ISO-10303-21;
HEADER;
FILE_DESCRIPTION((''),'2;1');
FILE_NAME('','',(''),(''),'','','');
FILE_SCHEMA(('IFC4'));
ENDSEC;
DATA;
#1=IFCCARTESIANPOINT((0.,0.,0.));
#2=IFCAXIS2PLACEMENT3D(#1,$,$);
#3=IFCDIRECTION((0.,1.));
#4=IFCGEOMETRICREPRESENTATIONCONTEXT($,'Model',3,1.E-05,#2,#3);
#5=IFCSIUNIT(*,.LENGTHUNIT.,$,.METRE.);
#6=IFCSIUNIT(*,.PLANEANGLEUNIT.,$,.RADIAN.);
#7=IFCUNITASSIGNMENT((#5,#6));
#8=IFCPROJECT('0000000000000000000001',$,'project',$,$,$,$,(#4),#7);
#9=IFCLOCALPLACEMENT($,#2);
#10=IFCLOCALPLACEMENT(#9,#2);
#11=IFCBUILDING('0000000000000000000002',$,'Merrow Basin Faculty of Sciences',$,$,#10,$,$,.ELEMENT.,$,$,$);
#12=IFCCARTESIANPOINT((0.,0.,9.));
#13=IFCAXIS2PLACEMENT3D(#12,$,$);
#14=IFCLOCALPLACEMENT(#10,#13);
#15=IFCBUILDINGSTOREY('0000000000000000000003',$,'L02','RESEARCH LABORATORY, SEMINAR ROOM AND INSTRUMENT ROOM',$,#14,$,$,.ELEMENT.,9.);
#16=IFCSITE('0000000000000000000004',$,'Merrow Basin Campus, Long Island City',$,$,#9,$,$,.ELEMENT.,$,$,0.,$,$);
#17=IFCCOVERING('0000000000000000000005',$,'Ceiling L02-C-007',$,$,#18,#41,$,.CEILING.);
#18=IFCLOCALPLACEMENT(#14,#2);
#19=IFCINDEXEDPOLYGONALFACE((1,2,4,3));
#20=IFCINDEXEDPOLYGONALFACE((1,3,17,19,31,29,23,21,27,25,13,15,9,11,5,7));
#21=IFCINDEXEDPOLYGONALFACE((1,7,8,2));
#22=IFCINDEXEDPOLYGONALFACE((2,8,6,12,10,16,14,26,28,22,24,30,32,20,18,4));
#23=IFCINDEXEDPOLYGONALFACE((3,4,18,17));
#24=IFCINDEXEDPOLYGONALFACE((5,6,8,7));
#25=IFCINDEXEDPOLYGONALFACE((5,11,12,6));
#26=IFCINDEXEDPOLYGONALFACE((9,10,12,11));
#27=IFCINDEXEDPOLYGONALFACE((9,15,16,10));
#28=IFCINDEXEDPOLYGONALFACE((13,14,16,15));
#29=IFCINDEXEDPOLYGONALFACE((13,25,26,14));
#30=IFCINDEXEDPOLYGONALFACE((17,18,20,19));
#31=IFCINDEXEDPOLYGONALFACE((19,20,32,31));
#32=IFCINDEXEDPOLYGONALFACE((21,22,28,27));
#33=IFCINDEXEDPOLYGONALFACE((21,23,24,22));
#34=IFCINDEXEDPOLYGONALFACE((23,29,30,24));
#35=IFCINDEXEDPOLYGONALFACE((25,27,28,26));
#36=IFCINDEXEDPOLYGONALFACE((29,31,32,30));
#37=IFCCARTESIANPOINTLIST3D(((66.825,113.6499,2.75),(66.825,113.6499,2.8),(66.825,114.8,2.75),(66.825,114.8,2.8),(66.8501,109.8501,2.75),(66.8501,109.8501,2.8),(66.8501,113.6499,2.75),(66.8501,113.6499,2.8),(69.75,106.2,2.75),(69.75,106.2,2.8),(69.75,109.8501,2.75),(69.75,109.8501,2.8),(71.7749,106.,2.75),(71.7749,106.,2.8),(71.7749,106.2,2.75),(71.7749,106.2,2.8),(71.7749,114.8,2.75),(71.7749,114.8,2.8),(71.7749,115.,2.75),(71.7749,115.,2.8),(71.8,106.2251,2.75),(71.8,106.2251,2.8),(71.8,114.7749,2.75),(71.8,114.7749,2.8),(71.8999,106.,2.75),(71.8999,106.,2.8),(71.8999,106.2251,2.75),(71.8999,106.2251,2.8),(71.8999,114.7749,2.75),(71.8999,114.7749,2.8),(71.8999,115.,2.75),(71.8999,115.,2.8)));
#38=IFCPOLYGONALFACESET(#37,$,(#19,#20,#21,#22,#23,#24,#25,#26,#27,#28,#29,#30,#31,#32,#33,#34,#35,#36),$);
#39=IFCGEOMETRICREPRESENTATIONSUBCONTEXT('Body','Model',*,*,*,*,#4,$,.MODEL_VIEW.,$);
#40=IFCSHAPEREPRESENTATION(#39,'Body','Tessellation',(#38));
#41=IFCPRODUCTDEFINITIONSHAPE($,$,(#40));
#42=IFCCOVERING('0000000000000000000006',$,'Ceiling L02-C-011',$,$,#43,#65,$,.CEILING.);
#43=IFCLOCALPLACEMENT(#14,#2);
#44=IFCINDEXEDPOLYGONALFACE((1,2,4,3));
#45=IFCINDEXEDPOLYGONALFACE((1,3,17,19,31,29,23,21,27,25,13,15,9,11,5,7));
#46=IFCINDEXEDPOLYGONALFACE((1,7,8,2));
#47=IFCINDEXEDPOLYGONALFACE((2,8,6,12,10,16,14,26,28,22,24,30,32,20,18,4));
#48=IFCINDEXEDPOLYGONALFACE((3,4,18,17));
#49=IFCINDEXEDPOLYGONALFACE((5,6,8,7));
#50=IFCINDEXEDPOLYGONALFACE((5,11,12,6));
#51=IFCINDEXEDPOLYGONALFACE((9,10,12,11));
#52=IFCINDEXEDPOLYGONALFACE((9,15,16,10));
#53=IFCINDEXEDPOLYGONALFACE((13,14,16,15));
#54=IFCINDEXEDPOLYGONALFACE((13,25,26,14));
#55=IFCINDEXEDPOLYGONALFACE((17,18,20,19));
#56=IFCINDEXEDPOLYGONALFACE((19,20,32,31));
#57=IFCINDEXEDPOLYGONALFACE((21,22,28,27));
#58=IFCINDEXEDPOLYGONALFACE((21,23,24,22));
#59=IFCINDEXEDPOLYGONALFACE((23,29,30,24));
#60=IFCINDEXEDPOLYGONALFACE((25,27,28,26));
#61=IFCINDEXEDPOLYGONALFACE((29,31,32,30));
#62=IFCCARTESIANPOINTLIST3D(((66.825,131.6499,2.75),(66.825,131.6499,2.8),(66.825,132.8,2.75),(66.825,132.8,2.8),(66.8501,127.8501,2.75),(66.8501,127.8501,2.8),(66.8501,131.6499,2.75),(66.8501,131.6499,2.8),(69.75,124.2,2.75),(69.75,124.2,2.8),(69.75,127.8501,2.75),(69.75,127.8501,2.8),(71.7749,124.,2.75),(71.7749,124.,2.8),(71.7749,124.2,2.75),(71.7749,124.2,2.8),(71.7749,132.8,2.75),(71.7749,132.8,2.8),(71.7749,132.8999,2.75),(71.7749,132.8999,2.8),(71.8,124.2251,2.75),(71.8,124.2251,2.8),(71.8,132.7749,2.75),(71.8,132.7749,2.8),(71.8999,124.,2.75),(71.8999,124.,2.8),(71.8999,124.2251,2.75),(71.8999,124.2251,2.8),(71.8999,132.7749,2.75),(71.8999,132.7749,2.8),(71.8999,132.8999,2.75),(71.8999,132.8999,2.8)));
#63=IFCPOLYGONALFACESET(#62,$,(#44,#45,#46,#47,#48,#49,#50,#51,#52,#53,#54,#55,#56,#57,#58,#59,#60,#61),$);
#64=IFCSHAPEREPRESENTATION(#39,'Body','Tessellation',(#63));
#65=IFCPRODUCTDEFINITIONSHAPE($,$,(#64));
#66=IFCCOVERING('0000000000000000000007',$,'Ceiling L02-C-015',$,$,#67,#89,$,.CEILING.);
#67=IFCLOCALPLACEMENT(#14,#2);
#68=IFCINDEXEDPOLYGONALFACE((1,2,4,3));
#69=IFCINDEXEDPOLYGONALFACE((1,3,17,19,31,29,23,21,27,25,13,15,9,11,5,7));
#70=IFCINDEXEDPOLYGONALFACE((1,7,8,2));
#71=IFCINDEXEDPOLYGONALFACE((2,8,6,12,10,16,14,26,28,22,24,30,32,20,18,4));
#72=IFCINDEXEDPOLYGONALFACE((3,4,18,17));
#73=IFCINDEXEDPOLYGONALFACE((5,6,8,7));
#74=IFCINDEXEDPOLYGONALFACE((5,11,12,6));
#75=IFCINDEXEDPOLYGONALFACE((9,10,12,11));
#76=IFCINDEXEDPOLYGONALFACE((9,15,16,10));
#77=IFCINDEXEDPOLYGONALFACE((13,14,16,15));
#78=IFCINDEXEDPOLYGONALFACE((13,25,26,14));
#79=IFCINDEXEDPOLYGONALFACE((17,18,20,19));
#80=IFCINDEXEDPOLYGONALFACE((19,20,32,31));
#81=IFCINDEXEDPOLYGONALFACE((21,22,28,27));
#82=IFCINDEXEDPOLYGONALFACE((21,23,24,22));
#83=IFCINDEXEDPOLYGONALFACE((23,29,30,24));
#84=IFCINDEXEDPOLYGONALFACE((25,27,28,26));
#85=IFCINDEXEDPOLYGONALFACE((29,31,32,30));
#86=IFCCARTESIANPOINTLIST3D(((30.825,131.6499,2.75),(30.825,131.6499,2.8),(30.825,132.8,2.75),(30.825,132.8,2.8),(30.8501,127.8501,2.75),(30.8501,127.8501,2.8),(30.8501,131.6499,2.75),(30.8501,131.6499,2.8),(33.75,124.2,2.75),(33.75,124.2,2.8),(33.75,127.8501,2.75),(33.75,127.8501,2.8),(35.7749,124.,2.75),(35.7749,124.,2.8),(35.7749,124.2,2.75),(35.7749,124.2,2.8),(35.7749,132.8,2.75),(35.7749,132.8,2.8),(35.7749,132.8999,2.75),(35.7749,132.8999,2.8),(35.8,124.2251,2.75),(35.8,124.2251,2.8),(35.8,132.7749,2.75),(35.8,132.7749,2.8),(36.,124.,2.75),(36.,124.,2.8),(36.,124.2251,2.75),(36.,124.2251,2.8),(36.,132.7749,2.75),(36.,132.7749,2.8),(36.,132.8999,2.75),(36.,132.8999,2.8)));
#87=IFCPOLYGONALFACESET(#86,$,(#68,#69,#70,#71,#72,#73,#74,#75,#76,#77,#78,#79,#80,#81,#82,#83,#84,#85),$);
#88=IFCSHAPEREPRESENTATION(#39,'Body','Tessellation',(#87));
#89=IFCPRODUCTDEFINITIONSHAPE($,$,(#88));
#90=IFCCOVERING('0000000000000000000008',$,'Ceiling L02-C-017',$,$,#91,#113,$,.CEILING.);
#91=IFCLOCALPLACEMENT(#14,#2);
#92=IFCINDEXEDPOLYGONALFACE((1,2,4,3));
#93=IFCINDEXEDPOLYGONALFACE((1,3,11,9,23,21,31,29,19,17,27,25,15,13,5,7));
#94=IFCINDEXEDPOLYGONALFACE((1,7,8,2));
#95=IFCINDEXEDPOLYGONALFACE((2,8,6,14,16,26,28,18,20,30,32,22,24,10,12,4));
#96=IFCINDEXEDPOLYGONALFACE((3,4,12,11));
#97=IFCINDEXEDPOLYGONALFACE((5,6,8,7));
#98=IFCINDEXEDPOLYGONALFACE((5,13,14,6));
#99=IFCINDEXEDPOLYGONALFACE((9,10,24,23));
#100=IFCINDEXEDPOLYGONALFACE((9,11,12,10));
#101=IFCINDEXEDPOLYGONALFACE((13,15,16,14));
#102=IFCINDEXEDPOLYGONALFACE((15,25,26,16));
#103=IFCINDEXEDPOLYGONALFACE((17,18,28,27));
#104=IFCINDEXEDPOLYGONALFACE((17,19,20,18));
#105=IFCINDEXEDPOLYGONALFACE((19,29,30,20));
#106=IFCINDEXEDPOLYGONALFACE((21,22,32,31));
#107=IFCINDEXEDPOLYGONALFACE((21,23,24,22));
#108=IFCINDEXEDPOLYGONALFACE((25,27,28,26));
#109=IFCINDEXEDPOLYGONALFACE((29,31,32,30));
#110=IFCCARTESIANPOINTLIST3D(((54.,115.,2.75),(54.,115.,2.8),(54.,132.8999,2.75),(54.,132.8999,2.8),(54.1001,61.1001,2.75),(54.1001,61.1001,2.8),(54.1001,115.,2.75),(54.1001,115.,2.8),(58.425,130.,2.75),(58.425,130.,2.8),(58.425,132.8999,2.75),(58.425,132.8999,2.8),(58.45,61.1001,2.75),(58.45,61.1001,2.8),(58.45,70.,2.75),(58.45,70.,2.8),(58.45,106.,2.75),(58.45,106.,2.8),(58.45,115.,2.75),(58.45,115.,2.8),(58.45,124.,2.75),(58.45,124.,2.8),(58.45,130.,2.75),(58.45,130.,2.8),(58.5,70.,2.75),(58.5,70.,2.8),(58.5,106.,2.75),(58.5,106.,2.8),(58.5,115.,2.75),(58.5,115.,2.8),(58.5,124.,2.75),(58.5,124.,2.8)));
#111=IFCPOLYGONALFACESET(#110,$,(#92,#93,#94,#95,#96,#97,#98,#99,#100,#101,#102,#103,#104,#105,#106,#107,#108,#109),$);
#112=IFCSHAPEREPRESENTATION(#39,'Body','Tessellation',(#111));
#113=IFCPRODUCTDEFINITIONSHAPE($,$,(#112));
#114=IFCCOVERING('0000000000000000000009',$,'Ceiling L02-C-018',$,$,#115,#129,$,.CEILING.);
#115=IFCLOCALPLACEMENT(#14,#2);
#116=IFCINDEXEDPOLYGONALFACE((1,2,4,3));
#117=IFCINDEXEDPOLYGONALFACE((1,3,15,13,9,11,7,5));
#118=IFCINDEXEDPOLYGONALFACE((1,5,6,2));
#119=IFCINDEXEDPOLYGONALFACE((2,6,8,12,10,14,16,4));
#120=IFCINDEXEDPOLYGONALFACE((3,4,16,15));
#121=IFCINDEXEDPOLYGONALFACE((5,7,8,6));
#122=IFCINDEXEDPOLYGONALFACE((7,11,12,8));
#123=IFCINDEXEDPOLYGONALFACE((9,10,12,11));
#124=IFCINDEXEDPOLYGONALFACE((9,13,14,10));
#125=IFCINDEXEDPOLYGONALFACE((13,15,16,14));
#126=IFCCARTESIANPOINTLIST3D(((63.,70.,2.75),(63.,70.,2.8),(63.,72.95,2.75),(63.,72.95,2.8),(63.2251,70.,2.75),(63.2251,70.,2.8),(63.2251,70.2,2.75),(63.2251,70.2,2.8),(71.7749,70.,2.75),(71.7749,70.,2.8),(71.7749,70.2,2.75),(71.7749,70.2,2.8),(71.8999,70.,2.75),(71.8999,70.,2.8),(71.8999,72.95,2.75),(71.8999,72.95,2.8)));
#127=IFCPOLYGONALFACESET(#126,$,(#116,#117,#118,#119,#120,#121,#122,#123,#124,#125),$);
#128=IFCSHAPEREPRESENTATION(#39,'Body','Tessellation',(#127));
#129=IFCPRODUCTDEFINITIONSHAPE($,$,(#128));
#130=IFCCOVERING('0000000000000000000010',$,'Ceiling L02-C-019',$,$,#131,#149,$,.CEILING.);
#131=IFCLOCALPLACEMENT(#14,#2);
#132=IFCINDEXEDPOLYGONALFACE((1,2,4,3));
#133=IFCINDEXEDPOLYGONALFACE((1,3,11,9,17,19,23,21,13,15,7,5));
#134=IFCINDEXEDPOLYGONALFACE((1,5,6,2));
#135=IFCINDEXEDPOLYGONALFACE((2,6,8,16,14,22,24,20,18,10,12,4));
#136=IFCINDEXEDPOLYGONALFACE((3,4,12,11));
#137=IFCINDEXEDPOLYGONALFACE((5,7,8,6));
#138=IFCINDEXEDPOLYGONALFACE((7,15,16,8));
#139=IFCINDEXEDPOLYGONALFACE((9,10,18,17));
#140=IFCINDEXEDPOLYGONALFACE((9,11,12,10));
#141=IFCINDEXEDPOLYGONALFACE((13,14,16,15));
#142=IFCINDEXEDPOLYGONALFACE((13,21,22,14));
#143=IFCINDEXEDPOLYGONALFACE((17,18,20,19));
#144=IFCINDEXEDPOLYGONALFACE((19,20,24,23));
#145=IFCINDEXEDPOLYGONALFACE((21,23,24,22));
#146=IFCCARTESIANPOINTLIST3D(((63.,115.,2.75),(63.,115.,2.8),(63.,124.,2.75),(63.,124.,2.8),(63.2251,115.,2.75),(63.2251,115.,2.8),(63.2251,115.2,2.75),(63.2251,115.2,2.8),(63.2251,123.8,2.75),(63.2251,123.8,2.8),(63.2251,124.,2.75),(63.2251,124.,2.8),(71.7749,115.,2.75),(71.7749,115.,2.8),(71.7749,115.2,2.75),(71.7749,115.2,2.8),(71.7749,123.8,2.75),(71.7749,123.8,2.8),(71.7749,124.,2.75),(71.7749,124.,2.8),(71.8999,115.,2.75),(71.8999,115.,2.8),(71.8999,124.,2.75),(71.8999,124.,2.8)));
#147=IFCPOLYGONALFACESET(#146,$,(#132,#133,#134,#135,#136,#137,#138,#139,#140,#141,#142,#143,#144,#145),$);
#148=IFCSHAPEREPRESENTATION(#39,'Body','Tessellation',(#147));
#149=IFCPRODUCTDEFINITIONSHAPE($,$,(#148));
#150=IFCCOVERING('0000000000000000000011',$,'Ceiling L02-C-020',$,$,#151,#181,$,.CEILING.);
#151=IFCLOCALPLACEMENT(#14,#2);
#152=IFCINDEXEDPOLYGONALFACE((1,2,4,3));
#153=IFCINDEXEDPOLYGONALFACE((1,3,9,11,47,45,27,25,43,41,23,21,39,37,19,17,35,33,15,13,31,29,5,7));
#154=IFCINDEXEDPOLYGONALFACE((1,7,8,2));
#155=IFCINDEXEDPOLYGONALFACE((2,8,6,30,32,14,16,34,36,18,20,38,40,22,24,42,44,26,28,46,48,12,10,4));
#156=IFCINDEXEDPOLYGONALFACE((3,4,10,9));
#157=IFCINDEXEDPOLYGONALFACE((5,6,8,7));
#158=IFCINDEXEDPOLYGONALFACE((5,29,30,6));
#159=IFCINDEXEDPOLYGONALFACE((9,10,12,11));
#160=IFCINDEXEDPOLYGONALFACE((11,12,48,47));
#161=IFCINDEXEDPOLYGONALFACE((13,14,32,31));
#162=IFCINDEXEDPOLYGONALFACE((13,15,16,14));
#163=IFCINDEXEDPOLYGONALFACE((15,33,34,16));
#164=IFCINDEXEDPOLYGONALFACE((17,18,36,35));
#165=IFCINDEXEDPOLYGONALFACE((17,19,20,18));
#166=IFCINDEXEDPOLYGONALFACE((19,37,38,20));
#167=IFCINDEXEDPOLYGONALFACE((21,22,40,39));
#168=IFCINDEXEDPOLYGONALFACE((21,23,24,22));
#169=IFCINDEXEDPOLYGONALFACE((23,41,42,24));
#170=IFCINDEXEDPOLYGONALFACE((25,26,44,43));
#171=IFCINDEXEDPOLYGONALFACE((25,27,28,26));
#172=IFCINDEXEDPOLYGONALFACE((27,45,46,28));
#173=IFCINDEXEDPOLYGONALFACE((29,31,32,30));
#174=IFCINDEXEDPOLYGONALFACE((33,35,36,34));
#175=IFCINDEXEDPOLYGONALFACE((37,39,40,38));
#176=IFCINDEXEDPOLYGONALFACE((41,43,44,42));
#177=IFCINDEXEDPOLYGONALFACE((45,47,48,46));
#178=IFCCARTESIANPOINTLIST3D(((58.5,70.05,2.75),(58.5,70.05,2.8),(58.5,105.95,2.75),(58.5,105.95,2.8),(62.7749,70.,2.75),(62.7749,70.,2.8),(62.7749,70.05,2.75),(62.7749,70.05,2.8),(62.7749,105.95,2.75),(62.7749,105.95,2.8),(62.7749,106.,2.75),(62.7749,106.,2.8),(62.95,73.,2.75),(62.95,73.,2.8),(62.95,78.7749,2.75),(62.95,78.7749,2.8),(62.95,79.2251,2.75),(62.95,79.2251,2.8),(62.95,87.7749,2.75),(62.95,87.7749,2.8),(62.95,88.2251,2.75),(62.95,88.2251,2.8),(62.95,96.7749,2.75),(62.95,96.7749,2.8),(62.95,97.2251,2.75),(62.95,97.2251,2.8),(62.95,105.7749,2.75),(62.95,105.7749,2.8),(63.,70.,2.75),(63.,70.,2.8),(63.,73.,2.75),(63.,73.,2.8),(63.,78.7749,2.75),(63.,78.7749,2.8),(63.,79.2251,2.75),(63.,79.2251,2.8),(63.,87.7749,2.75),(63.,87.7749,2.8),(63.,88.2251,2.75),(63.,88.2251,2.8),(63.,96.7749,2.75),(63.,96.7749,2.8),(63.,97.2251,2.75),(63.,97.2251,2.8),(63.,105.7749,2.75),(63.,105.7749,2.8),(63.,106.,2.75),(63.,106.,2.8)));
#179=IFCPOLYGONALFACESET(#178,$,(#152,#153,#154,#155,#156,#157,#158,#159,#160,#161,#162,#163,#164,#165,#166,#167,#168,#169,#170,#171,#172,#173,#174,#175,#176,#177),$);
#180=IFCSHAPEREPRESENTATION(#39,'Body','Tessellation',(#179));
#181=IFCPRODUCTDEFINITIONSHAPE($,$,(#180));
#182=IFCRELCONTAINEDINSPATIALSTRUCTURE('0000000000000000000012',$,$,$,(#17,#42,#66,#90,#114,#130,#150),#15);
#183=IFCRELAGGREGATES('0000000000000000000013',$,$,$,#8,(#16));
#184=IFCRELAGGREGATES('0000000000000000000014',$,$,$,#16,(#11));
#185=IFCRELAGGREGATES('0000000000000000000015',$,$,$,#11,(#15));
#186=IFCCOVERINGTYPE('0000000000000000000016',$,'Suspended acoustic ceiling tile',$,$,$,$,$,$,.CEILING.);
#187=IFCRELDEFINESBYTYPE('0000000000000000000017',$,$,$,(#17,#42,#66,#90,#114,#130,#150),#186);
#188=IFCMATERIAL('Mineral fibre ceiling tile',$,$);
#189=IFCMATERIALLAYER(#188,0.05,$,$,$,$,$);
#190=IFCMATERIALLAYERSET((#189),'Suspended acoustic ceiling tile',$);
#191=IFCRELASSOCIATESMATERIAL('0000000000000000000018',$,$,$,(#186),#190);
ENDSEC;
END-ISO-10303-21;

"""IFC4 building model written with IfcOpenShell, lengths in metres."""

from ifc_helpers import new_model, si_unit, direction, frame, origin, place, context, subcontext, project, spatial, polyline, outline, extrude, material, layer, layer_set, type_object, element, save


model = new_model("IFC4")

# Units and contexts
model_context = context("Model", 3, precision=1e-05, world=origin(), true_north=direction((0.0, 1.0)))
body_context = subcontext(model_context, "Body", "Model", "MODEL_VIEW")
ifc_project = project(units=[si_unit("LENGTHUNIT", "METRE"), si_unit("PLANEANGLEUNIT", "RADIAN")], contexts=[model_context])

# Site, building, storey
site_placement = place(None, origin())
site = spatial("IfcSite", under=ifc_project, at=site_placement, Name="Merrow Basin Campus, Long Island City", CompositionType="ELEMENT", RefElevation=0.0)
building_placement = place(site_placement, origin())
building = spatial("IfcBuilding", under=site, at=building_placement, Name="Merrow Basin Faculty of Sciences", CompositionType="ELEMENT")
storey_placement = place(building_placement, frame((0.0, 0.0, 9.0)))
storey = spatial("IfcBuildingStorey", under=building, at=storey_placement, Name="L02", Description="RESEARCH LABORATORY, SEMINAR ROOM AND INSTRUMENT ROOM", CompositionType="ELEMENT", Elevation=9.0)

# Coverings
ifc_material_1 = material(Name="Mineral fibre ceiling tile")
ifc_layer_1 = layer(ifc_material_1, 0.05)
ifc_layer_set_1 = layer_set([ifc_layer_1], Name="Suspended acoustic ceiling tile")
covering_type_1 = type_object("IfcCoveringType", Name="Suspended acoustic ceiling tile", PredefinedType="CEILING", material=ifc_layer_set_1)
covering_1_placement = place(storey_placement, frame((0.0, 0.0, 2.75)))
element("IfcCovering", 1, at=covering_1_placement, inside=storey, type_object=covering_type_1, Name="Ceiling L02-C-007", PredefinedType="CEILING", context=body_context, shape_type="SweptSolid", body=[
    extrude(outline(polyline([(71.8999, 115.0), (71.8999, 114.7749), (71.8, 114.7749), (71.8, 106.2251), (71.8999, 106.2251), (71.8999, 106.0), (71.7749, 106.0), (71.7749, 106.2), (69.75, 106.2), (69.75, 109.8501), (66.8501, 109.8501), (66.8501, 113.6499), (66.825, 113.6499), (66.825, 114.8), (71.7749, 114.8), (71.7749, 115.0), (71.8999, 115.0)])), origin(), (0.0, 0.0, 1.0), 0.05),
])
covering_2_placement = place(storey_placement, frame((0.0, 0.0, 2.75)))
element("IfcCovering", 2, at=covering_2_placement, inside=storey, type_object=covering_type_1, Name="Ceiling L02-C-011", PredefinedType="CEILING", context=body_context, shape_type="SweptSolid", body=[
    extrude(outline(polyline([(71.8999, 132.8999), (71.8999, 132.7749), (71.8, 132.7749), (71.8, 124.2251), (71.8999, 124.2251), (71.8999, 124.0), (71.7749, 124.0), (71.7749, 124.2), (69.75, 124.2), (69.75, 127.8501), (66.8501, 127.8501), (66.8501, 131.6499), (66.825, 131.6499), (66.825, 132.8), (71.7749, 132.8), (71.7749, 132.8999), (71.8999, 132.8999)])), origin(), (0.0, 0.0, 1.0), 0.05),
])
covering_3_placement = place(storey_placement, frame((0.0, 0.0, 2.75)))
element("IfcCovering", 3, at=covering_3_placement, inside=storey, type_object=covering_type_1, Name="Ceiling L02-C-015", PredefinedType="CEILING", context=body_context, shape_type="SweptSolid", body=[
    extrude(outline(polyline([(36.0, 132.8999), (36.0, 132.7749), (35.8, 132.7749), (35.8, 124.2251), (36.0, 124.2251), (36.0, 124.0), (35.7749, 124.0), (35.7749, 124.2), (33.75, 124.2), (33.75, 127.8501), (30.8501, 127.8501), (30.8501, 131.6499), (30.825, 131.6499), (30.825, 132.8), (35.7749, 132.8), (35.7749, 132.8999), (36.0, 132.8999)])), origin(), (0.0, 0.0, 1.0), 0.05),
])
covering_4_placement = place(storey_placement, frame((0.0, 0.0, 2.75)))
element("IfcCovering", 4, at=covering_4_placement, inside=storey, type_object=covering_type_1, Name="Ceiling L02-C-017", PredefinedType="CEILING", context=body_context, shape_type="SweptSolid", body=[
    extrude(outline(polyline([(54.0, 115.0), (54.0, 132.8999), (58.425, 132.8999), (58.425, 130.0), (58.45, 130.0), (58.45, 124.0), (58.5, 124.0), (58.5, 115.0), (58.45, 115.0), (58.45, 106.0), (58.5, 106.0), (58.5, 70.0), (58.45, 70.0), (58.45, 61.1001), (54.1001, 61.1001), (54.1001, 115.0), (54.0, 115.0)])), origin(), (0.0, 0.0, 1.0), 0.05),
])
covering_5_placement = place(storey_placement, frame((0.0, 0.0, 2.75)))
element("IfcCovering", 5, at=covering_5_placement, inside=storey, type_object=covering_type_1, Name="Ceiling L02-C-018", PredefinedType="CEILING", context=body_context, shape_type="SweptSolid", body=[
    extrude(outline(polyline([(63.0, 72.95), (71.8999, 72.95), (71.8999, 70.0), (71.7749, 70.0), (71.7749, 70.2), (63.2251, 70.2), (63.2251, 70.0), (63.0, 70.0), (63.0, 72.95)])), origin(), (0.0, 0.0, 1.0), 0.05),
])
covering_6_placement = place(storey_placement, frame((0.0, 0.0, 2.75)))
element("IfcCovering", 6, at=covering_6_placement, inside=storey, type_object=covering_type_1, Name="Ceiling L02-C-019", PredefinedType="CEILING", context=body_context, shape_type="SweptSolid", body=[
    extrude(outline(polyline([(63.0, 124.0), (63.2251, 124.0), (63.2251, 123.8), (71.7749, 123.8), (71.7749, 124.0), (71.8999, 124.0), (71.8999, 115.0), (71.7749, 115.0), (71.7749, 115.2), (63.2251, 115.2), (63.2251, 115.0), (63.0, 115.0), (63.0, 124.0)])), origin(), (0.0, 0.0, 1.0), 0.05),
])
covering_7_placement = place(storey_placement, frame((0.0, 0.0, 2.75)))
element("IfcCovering", 7, at=covering_7_placement, inside=storey, type_object=covering_type_1, Name="Ceiling L02-C-020", PredefinedType="CEILING", context=body_context, shape_type="SweptSolid", body=[
    extrude(outline(polyline([(63.0, 106.0), (63.0, 105.7749), (62.95, 105.7749), (62.95, 97.2251), (63.0, 97.2251), (63.0, 96.7749), (62.95, 96.7749), (62.95, 88.2251), (63.0, 88.2251), (63.0, 87.7749), (62.95, 87.7749), (62.95, 79.2251), (63.0, 79.2251), (63.0, 78.7749), (62.95, 78.7749), (62.95, 73.0), (63.0, 73.0), (63.0, 70.0), (62.7749, 70.0), (62.7749, 70.05), (58.5, 70.05), (58.5, 105.95), (62.7749, 105.95), (62.7749, 106.0), (63.0, 106.0)])), origin(), (0.0, 0.0, 1.0), 0.05),
])

save(model, "model.ifc")
